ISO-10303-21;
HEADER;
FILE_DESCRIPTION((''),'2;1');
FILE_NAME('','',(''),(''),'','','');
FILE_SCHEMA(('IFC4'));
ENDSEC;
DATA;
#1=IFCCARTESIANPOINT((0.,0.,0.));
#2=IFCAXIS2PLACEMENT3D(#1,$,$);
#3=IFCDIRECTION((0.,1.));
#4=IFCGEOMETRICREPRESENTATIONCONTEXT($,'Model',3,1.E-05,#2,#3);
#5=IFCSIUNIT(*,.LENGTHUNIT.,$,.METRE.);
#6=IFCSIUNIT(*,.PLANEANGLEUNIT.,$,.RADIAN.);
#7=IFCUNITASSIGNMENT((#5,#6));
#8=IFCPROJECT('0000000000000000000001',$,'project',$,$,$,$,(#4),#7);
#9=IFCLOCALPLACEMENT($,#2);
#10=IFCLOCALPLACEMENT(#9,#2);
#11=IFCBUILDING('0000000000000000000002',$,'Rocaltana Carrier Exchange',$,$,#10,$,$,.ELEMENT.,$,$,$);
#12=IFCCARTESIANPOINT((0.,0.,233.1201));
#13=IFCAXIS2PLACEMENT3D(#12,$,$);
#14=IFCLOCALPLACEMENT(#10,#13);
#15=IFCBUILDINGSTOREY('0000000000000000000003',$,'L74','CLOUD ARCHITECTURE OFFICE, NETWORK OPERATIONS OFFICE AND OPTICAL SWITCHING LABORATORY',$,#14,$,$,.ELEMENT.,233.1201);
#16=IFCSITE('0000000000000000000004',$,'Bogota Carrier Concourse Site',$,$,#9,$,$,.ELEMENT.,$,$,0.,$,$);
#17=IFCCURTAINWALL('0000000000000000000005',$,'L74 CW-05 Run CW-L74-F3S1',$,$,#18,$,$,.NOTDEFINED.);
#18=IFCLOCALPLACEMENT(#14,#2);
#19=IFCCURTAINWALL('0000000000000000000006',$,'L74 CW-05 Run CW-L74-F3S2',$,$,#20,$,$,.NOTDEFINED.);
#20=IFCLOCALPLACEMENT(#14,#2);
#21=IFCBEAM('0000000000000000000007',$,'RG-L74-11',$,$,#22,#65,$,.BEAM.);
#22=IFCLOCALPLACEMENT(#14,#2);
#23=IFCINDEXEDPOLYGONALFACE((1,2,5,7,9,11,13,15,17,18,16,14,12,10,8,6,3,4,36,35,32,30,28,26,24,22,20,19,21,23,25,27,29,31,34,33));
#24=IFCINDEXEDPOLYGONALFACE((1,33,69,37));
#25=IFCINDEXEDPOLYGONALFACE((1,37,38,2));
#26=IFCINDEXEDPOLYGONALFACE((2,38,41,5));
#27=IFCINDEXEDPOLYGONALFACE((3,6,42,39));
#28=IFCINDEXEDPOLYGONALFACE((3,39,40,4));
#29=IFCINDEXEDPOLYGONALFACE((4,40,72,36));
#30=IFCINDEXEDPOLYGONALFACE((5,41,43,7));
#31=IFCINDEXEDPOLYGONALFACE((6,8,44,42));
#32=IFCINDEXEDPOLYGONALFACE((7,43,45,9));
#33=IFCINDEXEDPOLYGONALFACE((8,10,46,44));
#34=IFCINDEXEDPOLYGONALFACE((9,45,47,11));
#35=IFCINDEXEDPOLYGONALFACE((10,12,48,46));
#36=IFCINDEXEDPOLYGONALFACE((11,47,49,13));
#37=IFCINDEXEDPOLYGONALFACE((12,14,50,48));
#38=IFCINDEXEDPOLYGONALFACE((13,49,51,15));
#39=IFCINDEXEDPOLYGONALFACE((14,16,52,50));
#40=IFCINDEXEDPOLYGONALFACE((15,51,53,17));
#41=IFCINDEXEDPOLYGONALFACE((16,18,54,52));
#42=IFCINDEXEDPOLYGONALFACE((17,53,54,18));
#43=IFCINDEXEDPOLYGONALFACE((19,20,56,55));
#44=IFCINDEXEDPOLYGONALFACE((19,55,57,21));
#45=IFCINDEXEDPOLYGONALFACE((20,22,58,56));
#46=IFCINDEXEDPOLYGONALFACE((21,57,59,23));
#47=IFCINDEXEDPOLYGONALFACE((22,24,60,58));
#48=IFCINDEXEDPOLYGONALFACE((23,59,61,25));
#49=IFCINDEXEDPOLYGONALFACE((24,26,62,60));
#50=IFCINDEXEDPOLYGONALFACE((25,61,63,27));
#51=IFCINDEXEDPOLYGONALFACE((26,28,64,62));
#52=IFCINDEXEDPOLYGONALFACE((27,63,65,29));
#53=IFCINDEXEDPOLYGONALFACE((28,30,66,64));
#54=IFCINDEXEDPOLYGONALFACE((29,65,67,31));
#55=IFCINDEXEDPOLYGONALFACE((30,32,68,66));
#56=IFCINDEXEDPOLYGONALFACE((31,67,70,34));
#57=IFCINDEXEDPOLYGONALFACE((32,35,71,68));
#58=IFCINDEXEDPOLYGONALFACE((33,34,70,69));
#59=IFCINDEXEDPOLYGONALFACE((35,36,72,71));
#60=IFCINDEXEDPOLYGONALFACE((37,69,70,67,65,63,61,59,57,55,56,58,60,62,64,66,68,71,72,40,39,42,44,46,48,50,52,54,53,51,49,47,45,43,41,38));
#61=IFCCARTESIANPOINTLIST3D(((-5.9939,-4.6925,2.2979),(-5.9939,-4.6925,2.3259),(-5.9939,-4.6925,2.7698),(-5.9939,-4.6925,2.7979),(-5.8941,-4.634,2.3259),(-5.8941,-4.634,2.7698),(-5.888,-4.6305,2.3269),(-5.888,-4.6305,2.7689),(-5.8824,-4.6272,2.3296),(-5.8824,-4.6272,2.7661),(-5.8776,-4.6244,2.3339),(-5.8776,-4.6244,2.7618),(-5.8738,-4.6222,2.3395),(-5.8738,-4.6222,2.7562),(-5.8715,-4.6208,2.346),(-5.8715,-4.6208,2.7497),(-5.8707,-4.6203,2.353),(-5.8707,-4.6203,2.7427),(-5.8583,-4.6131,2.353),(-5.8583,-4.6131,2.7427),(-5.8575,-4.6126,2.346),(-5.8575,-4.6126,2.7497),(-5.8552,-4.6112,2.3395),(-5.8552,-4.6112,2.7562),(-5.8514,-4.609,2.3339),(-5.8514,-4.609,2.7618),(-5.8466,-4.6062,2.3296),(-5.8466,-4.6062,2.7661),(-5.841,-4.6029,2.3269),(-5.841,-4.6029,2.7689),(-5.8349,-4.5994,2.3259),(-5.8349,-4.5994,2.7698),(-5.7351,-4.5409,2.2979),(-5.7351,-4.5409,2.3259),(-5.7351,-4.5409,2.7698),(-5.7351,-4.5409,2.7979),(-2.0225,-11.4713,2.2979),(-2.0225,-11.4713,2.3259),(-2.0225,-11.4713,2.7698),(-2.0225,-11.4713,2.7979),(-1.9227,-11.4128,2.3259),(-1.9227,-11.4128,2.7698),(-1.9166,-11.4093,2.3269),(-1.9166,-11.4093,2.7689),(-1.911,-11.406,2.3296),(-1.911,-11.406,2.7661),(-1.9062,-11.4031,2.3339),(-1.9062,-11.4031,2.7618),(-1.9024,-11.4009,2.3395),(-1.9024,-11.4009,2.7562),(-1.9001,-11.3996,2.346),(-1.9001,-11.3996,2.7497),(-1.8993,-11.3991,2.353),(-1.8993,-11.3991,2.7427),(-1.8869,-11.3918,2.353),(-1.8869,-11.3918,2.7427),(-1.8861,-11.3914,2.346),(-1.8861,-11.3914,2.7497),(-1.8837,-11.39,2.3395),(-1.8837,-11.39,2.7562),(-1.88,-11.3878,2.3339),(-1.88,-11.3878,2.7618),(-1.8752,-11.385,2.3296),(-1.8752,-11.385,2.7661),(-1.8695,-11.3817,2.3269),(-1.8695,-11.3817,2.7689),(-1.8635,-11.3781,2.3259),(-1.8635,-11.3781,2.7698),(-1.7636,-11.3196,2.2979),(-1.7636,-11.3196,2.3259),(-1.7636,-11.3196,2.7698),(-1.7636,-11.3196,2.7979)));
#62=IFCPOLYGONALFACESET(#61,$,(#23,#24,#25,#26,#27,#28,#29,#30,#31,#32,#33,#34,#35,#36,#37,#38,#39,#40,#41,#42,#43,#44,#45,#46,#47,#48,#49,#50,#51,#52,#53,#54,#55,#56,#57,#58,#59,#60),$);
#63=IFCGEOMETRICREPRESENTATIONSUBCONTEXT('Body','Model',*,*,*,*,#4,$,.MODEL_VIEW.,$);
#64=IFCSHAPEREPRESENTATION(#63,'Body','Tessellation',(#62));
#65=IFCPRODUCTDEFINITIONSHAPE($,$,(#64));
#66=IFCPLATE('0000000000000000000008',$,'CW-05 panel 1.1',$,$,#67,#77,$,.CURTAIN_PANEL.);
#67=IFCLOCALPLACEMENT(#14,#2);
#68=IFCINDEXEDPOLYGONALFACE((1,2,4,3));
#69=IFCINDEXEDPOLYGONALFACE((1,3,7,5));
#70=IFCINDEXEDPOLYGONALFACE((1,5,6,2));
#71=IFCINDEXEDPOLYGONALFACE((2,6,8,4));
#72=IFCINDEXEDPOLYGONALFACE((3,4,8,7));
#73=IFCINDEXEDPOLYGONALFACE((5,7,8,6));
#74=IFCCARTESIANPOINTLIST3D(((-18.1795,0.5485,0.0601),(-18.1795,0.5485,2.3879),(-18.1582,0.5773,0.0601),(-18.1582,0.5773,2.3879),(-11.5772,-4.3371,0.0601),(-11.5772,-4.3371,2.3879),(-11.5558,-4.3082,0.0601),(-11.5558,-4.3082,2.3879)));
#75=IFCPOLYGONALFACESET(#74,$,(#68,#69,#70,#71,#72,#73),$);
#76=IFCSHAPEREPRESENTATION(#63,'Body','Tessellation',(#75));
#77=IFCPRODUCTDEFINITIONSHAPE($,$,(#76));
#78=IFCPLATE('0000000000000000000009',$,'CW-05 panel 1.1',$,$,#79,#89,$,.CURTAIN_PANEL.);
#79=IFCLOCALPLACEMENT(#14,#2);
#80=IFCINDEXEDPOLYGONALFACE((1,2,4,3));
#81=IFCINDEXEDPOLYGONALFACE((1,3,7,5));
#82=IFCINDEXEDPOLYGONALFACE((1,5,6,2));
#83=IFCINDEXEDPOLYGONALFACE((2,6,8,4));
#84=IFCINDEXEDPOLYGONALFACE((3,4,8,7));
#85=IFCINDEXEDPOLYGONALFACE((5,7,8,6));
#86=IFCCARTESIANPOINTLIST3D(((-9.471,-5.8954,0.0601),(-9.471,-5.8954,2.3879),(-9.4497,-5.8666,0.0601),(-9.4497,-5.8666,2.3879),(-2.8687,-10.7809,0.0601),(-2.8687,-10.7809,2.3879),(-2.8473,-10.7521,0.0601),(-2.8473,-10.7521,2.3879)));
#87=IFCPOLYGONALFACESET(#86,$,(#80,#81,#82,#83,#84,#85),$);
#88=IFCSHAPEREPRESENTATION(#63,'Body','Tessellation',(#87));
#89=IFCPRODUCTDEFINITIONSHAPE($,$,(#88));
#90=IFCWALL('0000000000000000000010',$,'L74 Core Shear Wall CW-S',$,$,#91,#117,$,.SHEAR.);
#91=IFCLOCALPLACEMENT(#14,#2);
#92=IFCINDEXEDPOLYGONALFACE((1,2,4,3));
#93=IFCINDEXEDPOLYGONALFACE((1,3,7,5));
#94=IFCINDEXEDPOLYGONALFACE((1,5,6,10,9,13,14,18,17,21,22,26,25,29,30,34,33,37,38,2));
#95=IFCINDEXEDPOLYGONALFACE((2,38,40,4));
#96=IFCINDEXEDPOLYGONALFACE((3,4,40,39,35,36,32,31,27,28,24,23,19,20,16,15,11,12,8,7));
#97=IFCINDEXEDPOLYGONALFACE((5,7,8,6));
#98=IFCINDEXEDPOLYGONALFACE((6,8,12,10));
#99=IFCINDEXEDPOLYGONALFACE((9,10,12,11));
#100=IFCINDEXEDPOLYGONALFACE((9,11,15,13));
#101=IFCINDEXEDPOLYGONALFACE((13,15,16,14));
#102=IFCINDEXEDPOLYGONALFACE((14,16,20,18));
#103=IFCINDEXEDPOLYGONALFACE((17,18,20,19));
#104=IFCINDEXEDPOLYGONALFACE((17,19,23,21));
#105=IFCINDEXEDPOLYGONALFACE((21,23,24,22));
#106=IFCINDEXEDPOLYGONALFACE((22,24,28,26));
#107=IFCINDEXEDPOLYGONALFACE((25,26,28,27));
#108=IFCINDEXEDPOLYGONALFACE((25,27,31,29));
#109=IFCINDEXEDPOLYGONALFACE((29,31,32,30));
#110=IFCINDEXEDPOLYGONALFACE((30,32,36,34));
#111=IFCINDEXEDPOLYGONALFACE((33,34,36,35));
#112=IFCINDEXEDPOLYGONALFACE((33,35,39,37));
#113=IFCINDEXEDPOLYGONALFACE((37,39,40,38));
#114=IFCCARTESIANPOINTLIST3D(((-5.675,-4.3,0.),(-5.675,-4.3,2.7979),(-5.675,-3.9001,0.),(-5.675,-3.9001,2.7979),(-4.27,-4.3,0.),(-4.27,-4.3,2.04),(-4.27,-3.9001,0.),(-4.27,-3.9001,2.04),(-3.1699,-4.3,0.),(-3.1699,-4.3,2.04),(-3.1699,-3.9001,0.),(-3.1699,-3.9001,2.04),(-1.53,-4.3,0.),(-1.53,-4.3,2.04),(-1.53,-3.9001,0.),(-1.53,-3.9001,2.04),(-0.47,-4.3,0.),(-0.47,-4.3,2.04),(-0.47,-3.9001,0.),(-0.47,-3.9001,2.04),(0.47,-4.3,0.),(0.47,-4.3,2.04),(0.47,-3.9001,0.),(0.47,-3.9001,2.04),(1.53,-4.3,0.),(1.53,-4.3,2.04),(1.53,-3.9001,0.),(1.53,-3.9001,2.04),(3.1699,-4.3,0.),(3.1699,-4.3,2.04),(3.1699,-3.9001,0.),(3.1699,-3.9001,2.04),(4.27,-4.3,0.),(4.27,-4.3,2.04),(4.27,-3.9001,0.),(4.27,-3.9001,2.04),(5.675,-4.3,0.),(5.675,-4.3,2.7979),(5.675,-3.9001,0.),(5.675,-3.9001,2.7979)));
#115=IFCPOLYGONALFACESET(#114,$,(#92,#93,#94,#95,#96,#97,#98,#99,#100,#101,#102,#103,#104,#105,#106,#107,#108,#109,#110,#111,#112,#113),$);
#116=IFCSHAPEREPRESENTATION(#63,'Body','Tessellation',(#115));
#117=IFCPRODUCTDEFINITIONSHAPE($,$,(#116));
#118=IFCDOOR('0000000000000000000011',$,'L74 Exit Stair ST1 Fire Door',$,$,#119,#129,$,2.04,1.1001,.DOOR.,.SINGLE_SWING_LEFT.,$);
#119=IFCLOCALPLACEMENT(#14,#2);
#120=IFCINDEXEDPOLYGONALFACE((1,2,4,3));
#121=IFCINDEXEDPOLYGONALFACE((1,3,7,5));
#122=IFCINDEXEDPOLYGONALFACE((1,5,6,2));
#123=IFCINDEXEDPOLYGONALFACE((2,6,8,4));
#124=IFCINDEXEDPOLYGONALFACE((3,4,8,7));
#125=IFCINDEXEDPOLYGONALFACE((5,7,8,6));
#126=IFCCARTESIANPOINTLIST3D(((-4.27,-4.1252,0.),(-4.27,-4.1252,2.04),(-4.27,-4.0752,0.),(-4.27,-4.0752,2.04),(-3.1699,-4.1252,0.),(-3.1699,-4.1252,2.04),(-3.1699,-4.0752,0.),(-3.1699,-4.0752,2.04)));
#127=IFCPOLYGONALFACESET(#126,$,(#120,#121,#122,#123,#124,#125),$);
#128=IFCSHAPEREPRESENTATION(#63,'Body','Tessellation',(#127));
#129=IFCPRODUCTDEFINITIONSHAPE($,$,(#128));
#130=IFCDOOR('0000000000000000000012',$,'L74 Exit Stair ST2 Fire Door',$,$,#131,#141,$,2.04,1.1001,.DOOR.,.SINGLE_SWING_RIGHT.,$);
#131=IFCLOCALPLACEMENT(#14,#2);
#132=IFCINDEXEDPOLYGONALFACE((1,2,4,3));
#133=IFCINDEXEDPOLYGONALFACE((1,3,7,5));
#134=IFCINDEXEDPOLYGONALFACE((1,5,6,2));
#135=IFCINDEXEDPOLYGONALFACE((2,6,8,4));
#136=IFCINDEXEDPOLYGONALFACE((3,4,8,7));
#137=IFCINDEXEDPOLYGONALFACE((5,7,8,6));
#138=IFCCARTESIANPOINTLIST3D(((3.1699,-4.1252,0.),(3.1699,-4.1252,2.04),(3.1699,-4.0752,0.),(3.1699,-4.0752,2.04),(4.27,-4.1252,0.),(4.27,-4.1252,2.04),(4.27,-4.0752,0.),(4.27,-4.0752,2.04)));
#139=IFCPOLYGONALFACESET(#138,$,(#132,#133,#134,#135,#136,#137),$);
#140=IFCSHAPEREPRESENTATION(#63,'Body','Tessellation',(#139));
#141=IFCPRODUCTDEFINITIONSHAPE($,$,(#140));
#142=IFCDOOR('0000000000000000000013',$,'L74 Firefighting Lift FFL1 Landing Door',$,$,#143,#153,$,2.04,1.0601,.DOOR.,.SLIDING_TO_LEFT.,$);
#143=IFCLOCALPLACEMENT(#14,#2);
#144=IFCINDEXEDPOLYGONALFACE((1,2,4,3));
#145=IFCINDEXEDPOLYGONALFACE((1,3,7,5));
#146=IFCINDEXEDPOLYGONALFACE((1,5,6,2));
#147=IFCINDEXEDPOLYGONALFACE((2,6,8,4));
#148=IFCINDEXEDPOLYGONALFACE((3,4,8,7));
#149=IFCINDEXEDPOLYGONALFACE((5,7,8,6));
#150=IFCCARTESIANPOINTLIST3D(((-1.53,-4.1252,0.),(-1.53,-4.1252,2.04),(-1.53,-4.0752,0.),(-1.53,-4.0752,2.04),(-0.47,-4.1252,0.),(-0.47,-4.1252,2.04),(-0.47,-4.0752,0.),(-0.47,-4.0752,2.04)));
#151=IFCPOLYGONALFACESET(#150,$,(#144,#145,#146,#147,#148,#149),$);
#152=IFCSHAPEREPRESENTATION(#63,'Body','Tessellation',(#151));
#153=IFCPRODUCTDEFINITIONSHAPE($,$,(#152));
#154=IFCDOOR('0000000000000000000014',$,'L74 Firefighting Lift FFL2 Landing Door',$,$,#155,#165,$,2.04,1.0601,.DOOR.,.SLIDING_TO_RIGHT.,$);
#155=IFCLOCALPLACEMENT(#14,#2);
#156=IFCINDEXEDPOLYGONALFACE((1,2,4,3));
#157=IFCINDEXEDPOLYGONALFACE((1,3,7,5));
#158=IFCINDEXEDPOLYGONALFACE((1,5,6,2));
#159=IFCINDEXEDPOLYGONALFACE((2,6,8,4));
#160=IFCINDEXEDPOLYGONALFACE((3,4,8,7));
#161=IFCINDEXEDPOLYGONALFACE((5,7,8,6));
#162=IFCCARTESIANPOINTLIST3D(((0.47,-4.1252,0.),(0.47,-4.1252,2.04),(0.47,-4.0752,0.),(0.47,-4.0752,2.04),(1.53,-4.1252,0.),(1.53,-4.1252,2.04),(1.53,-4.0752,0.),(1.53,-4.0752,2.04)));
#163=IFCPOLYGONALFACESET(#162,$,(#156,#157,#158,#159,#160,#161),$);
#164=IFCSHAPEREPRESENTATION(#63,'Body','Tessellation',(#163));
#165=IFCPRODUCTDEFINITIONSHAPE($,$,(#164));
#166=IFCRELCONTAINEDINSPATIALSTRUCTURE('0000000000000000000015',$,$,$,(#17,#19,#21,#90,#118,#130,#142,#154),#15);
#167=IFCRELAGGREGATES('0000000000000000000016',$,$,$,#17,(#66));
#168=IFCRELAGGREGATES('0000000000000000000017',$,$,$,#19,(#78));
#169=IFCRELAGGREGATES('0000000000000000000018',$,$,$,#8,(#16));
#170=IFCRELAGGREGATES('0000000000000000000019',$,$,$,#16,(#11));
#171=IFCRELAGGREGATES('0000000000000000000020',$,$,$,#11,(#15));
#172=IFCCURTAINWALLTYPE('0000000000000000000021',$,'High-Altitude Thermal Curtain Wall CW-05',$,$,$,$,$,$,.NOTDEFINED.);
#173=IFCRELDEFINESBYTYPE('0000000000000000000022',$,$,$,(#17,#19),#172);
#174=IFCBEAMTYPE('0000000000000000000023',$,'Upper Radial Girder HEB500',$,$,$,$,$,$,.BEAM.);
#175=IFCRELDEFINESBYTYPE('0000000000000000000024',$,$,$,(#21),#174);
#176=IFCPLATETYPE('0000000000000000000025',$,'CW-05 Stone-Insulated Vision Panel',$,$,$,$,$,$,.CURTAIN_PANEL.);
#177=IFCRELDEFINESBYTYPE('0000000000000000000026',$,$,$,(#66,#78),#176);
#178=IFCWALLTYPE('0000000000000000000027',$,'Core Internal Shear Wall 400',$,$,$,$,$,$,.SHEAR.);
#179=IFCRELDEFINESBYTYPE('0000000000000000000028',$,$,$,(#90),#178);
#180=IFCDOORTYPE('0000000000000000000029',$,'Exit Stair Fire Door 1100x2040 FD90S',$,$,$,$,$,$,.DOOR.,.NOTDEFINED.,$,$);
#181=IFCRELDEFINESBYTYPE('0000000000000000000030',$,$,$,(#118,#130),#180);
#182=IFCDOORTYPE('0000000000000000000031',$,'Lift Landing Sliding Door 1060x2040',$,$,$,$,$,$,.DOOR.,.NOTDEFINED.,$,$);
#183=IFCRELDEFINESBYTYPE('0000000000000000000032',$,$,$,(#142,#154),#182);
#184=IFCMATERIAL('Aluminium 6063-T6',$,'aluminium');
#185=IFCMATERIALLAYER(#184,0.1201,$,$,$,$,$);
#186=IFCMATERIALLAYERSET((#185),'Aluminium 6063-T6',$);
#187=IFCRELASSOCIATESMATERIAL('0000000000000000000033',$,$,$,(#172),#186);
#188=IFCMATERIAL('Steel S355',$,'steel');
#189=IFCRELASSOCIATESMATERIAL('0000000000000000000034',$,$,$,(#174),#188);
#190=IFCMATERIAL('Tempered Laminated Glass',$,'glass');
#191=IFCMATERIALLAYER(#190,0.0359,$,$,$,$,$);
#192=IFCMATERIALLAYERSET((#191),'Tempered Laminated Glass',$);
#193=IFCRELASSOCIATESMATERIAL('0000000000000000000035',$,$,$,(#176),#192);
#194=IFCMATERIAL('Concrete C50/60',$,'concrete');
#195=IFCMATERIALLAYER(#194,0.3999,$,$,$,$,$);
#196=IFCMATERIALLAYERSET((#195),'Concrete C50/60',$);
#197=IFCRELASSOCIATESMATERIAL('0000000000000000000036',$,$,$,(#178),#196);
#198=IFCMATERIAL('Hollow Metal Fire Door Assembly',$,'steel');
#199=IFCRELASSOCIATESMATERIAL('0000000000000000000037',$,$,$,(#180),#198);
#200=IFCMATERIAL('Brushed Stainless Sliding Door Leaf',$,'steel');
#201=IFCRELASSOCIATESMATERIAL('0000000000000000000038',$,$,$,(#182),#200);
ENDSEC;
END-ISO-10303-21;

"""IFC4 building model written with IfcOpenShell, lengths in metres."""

from ifc_helpers import new_model, si_unit, direction, frame, frame_2d, origin, origin_2d, place, context, subcontext, project, spatial, rectangle, i_section, extrude, material, layer, layer_set, material_profile, profile_set, type_object, element, fill, aggregate, save


model = new_model("IFC4")

# Units and contexts
model_context = context("Model", 3, precision=1e-05, world=origin(), true_north=direction((0.0, 1.0)))
body_context = subcontext(model_context, "Body", "Model", "MODEL_VIEW")
ifc_project = project(units=[si_unit("LENGTHUNIT", "METRE"), si_unit("PLANEANGLEUNIT", "RADIAN")], contexts=[model_context])

# Site, building, storey
site_placement = place(None, origin())
site = spatial("IfcSite", under=ifc_project, at=site_placement, Name="Bogota Carrier Concourse Site", CompositionType="ELEMENT", RefElevation=0.0)
building_placement = place(site_placement, origin())
building = spatial("IfcBuilding", under=site, at=building_placement, Name="Rocaltana Carrier Exchange", CompositionType="ELEMENT")
storey_placement = place(building_placement, frame((0.0, 0.0, 233.1201)))
storey = spatial("IfcBuildingStorey", under=building, at=storey_placement, Name="L74", Description="CLOUD ARCHITECTURE OFFICE, NETWORK OPERATIONS OFFICE AND OPTICAL SWITCHING LABORATORY", CompositionType="ELEMENT", Elevation=233.1201)

# Curtain wall
ifc_material_1 = material(Name="Aluminium 6063-T6", Category="aluminium")
ifc_layer_1 = layer(ifc_material_1, 0.1201)
ifc_layer_set_1 = layer_set([ifc_layer_1], Name="Aluminium 6063-T6")
curtain_wall_type = type_object("IfcCurtainWallType", Name="High-Altitude Thermal Curtain Wall CW-05", PredefinedType="NOTDEFINED", material=ifc_layer_set_1)
curtain_wall_1_placement = place(storey_placement, origin())
curtain_wall_1 = element("IfcCurtainWall", 1, at=curtain_wall_1_placement, inside=storey, type_object=curtain_wall_type, Name="L74 CW-05 Run CW-L74-F3S1", PredefinedType="NOTDEFINED")

# Curtain wall
curtain_wall_2_placement = place(storey_placement, origin())
curtain_wall_2 = element("IfcCurtainWall", 2, at=curtain_wall_2_placement, inside=storey, type_object=curtain_wall_type, Name="L74 CW-05 Run CW-L74-F3S2", PredefinedType="NOTDEFINED")

# Beam
ifc_material_2 = material(Name="Steel S355", Category="steel")
ifc_material_profile_1 = material_profile(ifc_material_2, i_section(OverallWidth=0.3, OverallDepth=0.5, WebThickness=0.0144, FlangeThickness=0.0281, FilletRadius=0.0271, at=origin_2d()), Name="HEB500")
ifc_profile_set_1 = profile_set([ifc_material_profile_1], Name="Steel S355")
beam_type_1 = type_object("IfcBeamType", Name="Upper Radial Girder HEB500", PredefinedType="BEAM", material=ifc_profile_set_1)
beam_1_placement = place(storey_placement, frame((-5.8645, -4.6167, 2.5479), z_axis=(0.505497, -0.862828, 0.0), x_axis=(0.862828, 0.505497, 0.0)))
element("IfcBeam", 3, at=beam_1_placement, inside=storey, type_object=beam_type_1, Name="RG-L74-11", PredefinedType="BEAM", context=body_context, shape_type="SweptSolid", body=[
    extrude(i_section(OverallWidth=0.3, OverallDepth=0.5, WebThickness=0.0144, FlangeThickness=0.0281, FilletRadius=0.0271, at=origin_2d()), origin(), (0.0, 0.0, 1.0), 7.8564),
])

# Plates
ifc_material_3 = material(Name="Tempered Laminated Glass", Category="glass")
ifc_layer_2 = layer(ifc_material_3, 0.0359)
ifc_layer_set_2 = layer_set([ifc_layer_2], Name="Tempered Laminated Glass")
plate_type = type_object("IfcPlateType", Name="CW-05 Stone-Insulated Vision Panel", PredefinedType="CURTAIN_PANEL", material=ifc_layer_set_2)
plate_1_placement = place(storey_placement, frame((-14.8677, -1.8799, 0.0601), z_axis=(0.0, 0.0, 1.0), x_axis=(0.803854, -0.594827, 0.0)))
plate_1 = element("IfcPlate", 4, at=plate_1_placement, type_object=plate_type, Name="CW-05 panel 1.1", PredefinedType="CURTAIN_PANEL", context=body_context, shape_type="SweptSolid", body=[
    extrude(rectangle(XDim=8.2134, YDim=0.0359, at=origin_2d()), origin(), (0.0, 0.0, 1.0), 2.3279),
])
aggregate(curtain_wall_1, [plate_1])
plate_2_placement = place(storey_placement, frame((-6.1592, -8.3237, 0.0601), z_axis=(0.0, 0.0, 1.0), x_axis=(0.803858, -0.594821, 0.0)))
plate_2 = element("IfcPlate", 5, at=plate_2_placement, type_object=plate_type, Name="CW-05 panel 1.1", PredefinedType="CURTAIN_PANEL", context=body_context, shape_type="SweptSolid", body=[
    extrude(rectangle(XDim=8.2134, YDim=0.0359, at=origin_2d()), origin(), (0.0, 0.0, 1.0), 2.3279),
])
aggregate(curtain_wall_2, [plate_2])

# Wall, openings, doors
ifc_material_4 = material(Name="Concrete C50/60", Category="concrete")
ifc_layer_3 = layer(ifc_material_4, 0.3999)
ifc_layer_set_3 = layer_set([ifc_layer_3], Name="Concrete C50/60")
wall_type_1 = type_object("IfcWallType", Name="Core Internal Shear Wall 400", PredefinedType="SHEAR", material=ifc_layer_set_3)
wall_1_placement = place(storey_placement, frame((-5.675, -4.1001, 0.0), z_axis=(0.0, 0.0, 1.0), x_axis=(1.0, 0.0, 0.0)))
wall_1 = element("IfcWall", 6, at=wall_1_placement, inside=storey, type_object=wall_type_1, Name="L74 Core Shear Wall CW-S", PredefinedType="SHEAR", context=body_context, shape_type="SweptSolid", body=[
    extrude(rectangle(XDim=11.3501, YDim=0.3999, at=frame_2d((5.675, 0.0))), origin(), (0.0, 0.0, 1.0), 2.7979),
])
opening_1_placement = place(wall_1_placement, frame((1.405, 0.0, 0.0)))
opening_1 = element("IfcOpeningElement", 7, at=opening_1_placement, cuts=wall_1, PredefinedType="OPENING", context=body_context, shape_type="SweptSolid", body=[
    extrude(rectangle(XDim=1.1001, YDim=2.04, at=frame_2d((0.55, 1.02))), frame((0.0, 0.21, 0.0), z_axis=(0.0, -1.0, 0.0), x_axis=(1.0, 0.0, 0.0)), (0.0, 0.0, 1.0), 0.4199),
])
opening_2_placement = place(wall_1_placement, frame((8.845, 0.0, 0.0)))
opening_2 = element("IfcOpeningElement", 8, at=opening_2_placement, cuts=wall_1, PredefinedType="OPENING", context=body_context, shape_type="SweptSolid", body=[
    extrude(rectangle(XDim=1.1001, YDim=2.04, at=frame_2d((0.55, 1.02))), frame((0.0, 0.21, 0.0), z_axis=(0.0, -1.0, 0.0), x_axis=(1.0, 0.0, 0.0)), (0.0, 0.0, 1.0), 0.4199),
])
opening_3_placement = place(wall_1_placement, frame((4.145, 0.0, 0.0)))
opening_3 = element("IfcOpeningElement", 9, at=opening_3_placement, cuts=wall_1, PredefinedType="OPENING", context=body_context, shape_type="SweptSolid", body=[
    extrude(rectangle(XDim=1.0601, YDim=2.04, at=frame_2d((0.53, 1.02))), frame((0.0, 0.21, 0.0), z_axis=(0.0, -1.0, 0.0), x_axis=(1.0, 0.0, 0.0)), (0.0, 0.0, 1.0), 0.4199),
])
opening_4_placement = place(wall_1_placement, frame((6.145, 0.0, 0.0)))
opening_4 = element("IfcOpeningElement", 10, at=opening_4_placement, cuts=wall_1, PredefinedType="OPENING", context=body_context, shape_type="SweptSolid", body=[
    extrude(rectangle(XDim=1.0601, YDim=2.04, at=frame_2d((0.53, 1.02))), frame((0.0, 0.21, 0.0), z_axis=(0.0, -1.0, 0.0), x_axis=(1.0, 0.0, 0.0)), (0.0, 0.0, 1.0), 0.4199),
])
ifc_material_5 = material(Name="Hollow Metal Fire Door Assembly", Category="steel")
door_type_1 = type_object("IfcDoorType", Name="Exit Stair Fire Door 1100x2040 FD90S", OperationType="NOTDEFINED", PredefinedType="DOOR", material=ifc_material_5)
door_1_placement = place(opening_1_placement, origin())
door_1 = element("IfcDoor", 11, at=door_1_placement, inside=storey, type_object=door_type_1, Name="L74 Exit Stair ST1 Fire Door", OperationType="SINGLE_SWING_LEFT", OverallHeight=2.04, OverallWidth=1.1001, PredefinedType="DOOR", context=body_context, shape_type="SweptSolid", body=[
    extrude(rectangle(XDim=1.1001, YDim=2.04, at=frame_2d((0.55, 1.02))), frame((0.0, 0.0249, 0.0), z_axis=(0.0, -1.0, 0.0), x_axis=(1.0, 0.0, 0.0)), (0.0, 0.0, 1.0), 0.05),
])
fill(opening_1, door_1)
door_2_placement = place(opening_2_placement, origin())
door_2 = element("IfcDoor", 12, at=door_2_placement, inside=storey, type_object=door_type_1, Name="L74 Exit Stair ST2 Fire Door", OperationType="SINGLE_SWING_RIGHT", OverallHeight=2.04, OverallWidth=1.1001, PredefinedType="DOOR", context=body_context, shape_type="SweptSolid", body=[
    extrude(rectangle(XDim=1.1001, YDim=2.04, at=frame_2d((0.55, 1.02))), frame((0.0, 0.0249, 0.0), z_axis=(0.0, -1.0, 0.0), x_axis=(1.0, 0.0, 0.0)), (0.0, 0.0, 1.0), 0.05),
])
fill(opening_2, door_2)
ifc_material_6 = material(Name="Brushed Stainless Sliding Door Leaf", Category="steel")
door_type_2 = type_object("IfcDoorType", Name="Lift Landing Sliding Door 1060x2040", OperationType="NOTDEFINED", PredefinedType="DOOR", material=ifc_material_6)
door_3_placement = place(opening_3_placement, origin())
door_3 = element("IfcDoor", 13, at=door_3_placement, inside=storey, type_object=door_type_2, Name="L74 Firefighting Lift FFL1 Landing Door", OperationType="SLIDING_TO_LEFT", OverallHeight=2.04, OverallWidth=1.0601, PredefinedType="DOOR", context=body_context, shape_type="SweptSolid", body=[
    extrude(rectangle(XDim=1.0601, YDim=2.04, at=frame_2d((0.53, 1.02))), frame((0.0, 0.0249, 0.0), z_axis=(0.0, -1.0, 0.0), x_axis=(1.0, 0.0, 0.0)), (0.0, 0.0, 1.0), 0.05),
])
fill(opening_3, door_3)
door_4_placement = place(opening_4_placement, origin())
door_4 = element("IfcDoor", 14, at=door_4_placement, inside=storey, type_object=door_type_2, Name="L74 Firefighting Lift FFL2 Landing Door", OperationType="SLIDING_TO_RIGHT", OverallHeight=2.04, OverallWidth=1.0601, PredefinedType="DOOR", context=body_context, shape_type="SweptSolid", body=[
    extrude(rectangle(XDim=1.0601, YDim=2.04, at=frame_2d((0.53, 1.02))), frame((0.0, 0.0249, 0.0), z_axis=(0.0, -1.0, 0.0), x_axis=(1.0, 0.0, 0.0)), (0.0, 0.0, 1.0), 0.05),
])
fill(opening_4, door_4)

save(model, "model.ifc")
